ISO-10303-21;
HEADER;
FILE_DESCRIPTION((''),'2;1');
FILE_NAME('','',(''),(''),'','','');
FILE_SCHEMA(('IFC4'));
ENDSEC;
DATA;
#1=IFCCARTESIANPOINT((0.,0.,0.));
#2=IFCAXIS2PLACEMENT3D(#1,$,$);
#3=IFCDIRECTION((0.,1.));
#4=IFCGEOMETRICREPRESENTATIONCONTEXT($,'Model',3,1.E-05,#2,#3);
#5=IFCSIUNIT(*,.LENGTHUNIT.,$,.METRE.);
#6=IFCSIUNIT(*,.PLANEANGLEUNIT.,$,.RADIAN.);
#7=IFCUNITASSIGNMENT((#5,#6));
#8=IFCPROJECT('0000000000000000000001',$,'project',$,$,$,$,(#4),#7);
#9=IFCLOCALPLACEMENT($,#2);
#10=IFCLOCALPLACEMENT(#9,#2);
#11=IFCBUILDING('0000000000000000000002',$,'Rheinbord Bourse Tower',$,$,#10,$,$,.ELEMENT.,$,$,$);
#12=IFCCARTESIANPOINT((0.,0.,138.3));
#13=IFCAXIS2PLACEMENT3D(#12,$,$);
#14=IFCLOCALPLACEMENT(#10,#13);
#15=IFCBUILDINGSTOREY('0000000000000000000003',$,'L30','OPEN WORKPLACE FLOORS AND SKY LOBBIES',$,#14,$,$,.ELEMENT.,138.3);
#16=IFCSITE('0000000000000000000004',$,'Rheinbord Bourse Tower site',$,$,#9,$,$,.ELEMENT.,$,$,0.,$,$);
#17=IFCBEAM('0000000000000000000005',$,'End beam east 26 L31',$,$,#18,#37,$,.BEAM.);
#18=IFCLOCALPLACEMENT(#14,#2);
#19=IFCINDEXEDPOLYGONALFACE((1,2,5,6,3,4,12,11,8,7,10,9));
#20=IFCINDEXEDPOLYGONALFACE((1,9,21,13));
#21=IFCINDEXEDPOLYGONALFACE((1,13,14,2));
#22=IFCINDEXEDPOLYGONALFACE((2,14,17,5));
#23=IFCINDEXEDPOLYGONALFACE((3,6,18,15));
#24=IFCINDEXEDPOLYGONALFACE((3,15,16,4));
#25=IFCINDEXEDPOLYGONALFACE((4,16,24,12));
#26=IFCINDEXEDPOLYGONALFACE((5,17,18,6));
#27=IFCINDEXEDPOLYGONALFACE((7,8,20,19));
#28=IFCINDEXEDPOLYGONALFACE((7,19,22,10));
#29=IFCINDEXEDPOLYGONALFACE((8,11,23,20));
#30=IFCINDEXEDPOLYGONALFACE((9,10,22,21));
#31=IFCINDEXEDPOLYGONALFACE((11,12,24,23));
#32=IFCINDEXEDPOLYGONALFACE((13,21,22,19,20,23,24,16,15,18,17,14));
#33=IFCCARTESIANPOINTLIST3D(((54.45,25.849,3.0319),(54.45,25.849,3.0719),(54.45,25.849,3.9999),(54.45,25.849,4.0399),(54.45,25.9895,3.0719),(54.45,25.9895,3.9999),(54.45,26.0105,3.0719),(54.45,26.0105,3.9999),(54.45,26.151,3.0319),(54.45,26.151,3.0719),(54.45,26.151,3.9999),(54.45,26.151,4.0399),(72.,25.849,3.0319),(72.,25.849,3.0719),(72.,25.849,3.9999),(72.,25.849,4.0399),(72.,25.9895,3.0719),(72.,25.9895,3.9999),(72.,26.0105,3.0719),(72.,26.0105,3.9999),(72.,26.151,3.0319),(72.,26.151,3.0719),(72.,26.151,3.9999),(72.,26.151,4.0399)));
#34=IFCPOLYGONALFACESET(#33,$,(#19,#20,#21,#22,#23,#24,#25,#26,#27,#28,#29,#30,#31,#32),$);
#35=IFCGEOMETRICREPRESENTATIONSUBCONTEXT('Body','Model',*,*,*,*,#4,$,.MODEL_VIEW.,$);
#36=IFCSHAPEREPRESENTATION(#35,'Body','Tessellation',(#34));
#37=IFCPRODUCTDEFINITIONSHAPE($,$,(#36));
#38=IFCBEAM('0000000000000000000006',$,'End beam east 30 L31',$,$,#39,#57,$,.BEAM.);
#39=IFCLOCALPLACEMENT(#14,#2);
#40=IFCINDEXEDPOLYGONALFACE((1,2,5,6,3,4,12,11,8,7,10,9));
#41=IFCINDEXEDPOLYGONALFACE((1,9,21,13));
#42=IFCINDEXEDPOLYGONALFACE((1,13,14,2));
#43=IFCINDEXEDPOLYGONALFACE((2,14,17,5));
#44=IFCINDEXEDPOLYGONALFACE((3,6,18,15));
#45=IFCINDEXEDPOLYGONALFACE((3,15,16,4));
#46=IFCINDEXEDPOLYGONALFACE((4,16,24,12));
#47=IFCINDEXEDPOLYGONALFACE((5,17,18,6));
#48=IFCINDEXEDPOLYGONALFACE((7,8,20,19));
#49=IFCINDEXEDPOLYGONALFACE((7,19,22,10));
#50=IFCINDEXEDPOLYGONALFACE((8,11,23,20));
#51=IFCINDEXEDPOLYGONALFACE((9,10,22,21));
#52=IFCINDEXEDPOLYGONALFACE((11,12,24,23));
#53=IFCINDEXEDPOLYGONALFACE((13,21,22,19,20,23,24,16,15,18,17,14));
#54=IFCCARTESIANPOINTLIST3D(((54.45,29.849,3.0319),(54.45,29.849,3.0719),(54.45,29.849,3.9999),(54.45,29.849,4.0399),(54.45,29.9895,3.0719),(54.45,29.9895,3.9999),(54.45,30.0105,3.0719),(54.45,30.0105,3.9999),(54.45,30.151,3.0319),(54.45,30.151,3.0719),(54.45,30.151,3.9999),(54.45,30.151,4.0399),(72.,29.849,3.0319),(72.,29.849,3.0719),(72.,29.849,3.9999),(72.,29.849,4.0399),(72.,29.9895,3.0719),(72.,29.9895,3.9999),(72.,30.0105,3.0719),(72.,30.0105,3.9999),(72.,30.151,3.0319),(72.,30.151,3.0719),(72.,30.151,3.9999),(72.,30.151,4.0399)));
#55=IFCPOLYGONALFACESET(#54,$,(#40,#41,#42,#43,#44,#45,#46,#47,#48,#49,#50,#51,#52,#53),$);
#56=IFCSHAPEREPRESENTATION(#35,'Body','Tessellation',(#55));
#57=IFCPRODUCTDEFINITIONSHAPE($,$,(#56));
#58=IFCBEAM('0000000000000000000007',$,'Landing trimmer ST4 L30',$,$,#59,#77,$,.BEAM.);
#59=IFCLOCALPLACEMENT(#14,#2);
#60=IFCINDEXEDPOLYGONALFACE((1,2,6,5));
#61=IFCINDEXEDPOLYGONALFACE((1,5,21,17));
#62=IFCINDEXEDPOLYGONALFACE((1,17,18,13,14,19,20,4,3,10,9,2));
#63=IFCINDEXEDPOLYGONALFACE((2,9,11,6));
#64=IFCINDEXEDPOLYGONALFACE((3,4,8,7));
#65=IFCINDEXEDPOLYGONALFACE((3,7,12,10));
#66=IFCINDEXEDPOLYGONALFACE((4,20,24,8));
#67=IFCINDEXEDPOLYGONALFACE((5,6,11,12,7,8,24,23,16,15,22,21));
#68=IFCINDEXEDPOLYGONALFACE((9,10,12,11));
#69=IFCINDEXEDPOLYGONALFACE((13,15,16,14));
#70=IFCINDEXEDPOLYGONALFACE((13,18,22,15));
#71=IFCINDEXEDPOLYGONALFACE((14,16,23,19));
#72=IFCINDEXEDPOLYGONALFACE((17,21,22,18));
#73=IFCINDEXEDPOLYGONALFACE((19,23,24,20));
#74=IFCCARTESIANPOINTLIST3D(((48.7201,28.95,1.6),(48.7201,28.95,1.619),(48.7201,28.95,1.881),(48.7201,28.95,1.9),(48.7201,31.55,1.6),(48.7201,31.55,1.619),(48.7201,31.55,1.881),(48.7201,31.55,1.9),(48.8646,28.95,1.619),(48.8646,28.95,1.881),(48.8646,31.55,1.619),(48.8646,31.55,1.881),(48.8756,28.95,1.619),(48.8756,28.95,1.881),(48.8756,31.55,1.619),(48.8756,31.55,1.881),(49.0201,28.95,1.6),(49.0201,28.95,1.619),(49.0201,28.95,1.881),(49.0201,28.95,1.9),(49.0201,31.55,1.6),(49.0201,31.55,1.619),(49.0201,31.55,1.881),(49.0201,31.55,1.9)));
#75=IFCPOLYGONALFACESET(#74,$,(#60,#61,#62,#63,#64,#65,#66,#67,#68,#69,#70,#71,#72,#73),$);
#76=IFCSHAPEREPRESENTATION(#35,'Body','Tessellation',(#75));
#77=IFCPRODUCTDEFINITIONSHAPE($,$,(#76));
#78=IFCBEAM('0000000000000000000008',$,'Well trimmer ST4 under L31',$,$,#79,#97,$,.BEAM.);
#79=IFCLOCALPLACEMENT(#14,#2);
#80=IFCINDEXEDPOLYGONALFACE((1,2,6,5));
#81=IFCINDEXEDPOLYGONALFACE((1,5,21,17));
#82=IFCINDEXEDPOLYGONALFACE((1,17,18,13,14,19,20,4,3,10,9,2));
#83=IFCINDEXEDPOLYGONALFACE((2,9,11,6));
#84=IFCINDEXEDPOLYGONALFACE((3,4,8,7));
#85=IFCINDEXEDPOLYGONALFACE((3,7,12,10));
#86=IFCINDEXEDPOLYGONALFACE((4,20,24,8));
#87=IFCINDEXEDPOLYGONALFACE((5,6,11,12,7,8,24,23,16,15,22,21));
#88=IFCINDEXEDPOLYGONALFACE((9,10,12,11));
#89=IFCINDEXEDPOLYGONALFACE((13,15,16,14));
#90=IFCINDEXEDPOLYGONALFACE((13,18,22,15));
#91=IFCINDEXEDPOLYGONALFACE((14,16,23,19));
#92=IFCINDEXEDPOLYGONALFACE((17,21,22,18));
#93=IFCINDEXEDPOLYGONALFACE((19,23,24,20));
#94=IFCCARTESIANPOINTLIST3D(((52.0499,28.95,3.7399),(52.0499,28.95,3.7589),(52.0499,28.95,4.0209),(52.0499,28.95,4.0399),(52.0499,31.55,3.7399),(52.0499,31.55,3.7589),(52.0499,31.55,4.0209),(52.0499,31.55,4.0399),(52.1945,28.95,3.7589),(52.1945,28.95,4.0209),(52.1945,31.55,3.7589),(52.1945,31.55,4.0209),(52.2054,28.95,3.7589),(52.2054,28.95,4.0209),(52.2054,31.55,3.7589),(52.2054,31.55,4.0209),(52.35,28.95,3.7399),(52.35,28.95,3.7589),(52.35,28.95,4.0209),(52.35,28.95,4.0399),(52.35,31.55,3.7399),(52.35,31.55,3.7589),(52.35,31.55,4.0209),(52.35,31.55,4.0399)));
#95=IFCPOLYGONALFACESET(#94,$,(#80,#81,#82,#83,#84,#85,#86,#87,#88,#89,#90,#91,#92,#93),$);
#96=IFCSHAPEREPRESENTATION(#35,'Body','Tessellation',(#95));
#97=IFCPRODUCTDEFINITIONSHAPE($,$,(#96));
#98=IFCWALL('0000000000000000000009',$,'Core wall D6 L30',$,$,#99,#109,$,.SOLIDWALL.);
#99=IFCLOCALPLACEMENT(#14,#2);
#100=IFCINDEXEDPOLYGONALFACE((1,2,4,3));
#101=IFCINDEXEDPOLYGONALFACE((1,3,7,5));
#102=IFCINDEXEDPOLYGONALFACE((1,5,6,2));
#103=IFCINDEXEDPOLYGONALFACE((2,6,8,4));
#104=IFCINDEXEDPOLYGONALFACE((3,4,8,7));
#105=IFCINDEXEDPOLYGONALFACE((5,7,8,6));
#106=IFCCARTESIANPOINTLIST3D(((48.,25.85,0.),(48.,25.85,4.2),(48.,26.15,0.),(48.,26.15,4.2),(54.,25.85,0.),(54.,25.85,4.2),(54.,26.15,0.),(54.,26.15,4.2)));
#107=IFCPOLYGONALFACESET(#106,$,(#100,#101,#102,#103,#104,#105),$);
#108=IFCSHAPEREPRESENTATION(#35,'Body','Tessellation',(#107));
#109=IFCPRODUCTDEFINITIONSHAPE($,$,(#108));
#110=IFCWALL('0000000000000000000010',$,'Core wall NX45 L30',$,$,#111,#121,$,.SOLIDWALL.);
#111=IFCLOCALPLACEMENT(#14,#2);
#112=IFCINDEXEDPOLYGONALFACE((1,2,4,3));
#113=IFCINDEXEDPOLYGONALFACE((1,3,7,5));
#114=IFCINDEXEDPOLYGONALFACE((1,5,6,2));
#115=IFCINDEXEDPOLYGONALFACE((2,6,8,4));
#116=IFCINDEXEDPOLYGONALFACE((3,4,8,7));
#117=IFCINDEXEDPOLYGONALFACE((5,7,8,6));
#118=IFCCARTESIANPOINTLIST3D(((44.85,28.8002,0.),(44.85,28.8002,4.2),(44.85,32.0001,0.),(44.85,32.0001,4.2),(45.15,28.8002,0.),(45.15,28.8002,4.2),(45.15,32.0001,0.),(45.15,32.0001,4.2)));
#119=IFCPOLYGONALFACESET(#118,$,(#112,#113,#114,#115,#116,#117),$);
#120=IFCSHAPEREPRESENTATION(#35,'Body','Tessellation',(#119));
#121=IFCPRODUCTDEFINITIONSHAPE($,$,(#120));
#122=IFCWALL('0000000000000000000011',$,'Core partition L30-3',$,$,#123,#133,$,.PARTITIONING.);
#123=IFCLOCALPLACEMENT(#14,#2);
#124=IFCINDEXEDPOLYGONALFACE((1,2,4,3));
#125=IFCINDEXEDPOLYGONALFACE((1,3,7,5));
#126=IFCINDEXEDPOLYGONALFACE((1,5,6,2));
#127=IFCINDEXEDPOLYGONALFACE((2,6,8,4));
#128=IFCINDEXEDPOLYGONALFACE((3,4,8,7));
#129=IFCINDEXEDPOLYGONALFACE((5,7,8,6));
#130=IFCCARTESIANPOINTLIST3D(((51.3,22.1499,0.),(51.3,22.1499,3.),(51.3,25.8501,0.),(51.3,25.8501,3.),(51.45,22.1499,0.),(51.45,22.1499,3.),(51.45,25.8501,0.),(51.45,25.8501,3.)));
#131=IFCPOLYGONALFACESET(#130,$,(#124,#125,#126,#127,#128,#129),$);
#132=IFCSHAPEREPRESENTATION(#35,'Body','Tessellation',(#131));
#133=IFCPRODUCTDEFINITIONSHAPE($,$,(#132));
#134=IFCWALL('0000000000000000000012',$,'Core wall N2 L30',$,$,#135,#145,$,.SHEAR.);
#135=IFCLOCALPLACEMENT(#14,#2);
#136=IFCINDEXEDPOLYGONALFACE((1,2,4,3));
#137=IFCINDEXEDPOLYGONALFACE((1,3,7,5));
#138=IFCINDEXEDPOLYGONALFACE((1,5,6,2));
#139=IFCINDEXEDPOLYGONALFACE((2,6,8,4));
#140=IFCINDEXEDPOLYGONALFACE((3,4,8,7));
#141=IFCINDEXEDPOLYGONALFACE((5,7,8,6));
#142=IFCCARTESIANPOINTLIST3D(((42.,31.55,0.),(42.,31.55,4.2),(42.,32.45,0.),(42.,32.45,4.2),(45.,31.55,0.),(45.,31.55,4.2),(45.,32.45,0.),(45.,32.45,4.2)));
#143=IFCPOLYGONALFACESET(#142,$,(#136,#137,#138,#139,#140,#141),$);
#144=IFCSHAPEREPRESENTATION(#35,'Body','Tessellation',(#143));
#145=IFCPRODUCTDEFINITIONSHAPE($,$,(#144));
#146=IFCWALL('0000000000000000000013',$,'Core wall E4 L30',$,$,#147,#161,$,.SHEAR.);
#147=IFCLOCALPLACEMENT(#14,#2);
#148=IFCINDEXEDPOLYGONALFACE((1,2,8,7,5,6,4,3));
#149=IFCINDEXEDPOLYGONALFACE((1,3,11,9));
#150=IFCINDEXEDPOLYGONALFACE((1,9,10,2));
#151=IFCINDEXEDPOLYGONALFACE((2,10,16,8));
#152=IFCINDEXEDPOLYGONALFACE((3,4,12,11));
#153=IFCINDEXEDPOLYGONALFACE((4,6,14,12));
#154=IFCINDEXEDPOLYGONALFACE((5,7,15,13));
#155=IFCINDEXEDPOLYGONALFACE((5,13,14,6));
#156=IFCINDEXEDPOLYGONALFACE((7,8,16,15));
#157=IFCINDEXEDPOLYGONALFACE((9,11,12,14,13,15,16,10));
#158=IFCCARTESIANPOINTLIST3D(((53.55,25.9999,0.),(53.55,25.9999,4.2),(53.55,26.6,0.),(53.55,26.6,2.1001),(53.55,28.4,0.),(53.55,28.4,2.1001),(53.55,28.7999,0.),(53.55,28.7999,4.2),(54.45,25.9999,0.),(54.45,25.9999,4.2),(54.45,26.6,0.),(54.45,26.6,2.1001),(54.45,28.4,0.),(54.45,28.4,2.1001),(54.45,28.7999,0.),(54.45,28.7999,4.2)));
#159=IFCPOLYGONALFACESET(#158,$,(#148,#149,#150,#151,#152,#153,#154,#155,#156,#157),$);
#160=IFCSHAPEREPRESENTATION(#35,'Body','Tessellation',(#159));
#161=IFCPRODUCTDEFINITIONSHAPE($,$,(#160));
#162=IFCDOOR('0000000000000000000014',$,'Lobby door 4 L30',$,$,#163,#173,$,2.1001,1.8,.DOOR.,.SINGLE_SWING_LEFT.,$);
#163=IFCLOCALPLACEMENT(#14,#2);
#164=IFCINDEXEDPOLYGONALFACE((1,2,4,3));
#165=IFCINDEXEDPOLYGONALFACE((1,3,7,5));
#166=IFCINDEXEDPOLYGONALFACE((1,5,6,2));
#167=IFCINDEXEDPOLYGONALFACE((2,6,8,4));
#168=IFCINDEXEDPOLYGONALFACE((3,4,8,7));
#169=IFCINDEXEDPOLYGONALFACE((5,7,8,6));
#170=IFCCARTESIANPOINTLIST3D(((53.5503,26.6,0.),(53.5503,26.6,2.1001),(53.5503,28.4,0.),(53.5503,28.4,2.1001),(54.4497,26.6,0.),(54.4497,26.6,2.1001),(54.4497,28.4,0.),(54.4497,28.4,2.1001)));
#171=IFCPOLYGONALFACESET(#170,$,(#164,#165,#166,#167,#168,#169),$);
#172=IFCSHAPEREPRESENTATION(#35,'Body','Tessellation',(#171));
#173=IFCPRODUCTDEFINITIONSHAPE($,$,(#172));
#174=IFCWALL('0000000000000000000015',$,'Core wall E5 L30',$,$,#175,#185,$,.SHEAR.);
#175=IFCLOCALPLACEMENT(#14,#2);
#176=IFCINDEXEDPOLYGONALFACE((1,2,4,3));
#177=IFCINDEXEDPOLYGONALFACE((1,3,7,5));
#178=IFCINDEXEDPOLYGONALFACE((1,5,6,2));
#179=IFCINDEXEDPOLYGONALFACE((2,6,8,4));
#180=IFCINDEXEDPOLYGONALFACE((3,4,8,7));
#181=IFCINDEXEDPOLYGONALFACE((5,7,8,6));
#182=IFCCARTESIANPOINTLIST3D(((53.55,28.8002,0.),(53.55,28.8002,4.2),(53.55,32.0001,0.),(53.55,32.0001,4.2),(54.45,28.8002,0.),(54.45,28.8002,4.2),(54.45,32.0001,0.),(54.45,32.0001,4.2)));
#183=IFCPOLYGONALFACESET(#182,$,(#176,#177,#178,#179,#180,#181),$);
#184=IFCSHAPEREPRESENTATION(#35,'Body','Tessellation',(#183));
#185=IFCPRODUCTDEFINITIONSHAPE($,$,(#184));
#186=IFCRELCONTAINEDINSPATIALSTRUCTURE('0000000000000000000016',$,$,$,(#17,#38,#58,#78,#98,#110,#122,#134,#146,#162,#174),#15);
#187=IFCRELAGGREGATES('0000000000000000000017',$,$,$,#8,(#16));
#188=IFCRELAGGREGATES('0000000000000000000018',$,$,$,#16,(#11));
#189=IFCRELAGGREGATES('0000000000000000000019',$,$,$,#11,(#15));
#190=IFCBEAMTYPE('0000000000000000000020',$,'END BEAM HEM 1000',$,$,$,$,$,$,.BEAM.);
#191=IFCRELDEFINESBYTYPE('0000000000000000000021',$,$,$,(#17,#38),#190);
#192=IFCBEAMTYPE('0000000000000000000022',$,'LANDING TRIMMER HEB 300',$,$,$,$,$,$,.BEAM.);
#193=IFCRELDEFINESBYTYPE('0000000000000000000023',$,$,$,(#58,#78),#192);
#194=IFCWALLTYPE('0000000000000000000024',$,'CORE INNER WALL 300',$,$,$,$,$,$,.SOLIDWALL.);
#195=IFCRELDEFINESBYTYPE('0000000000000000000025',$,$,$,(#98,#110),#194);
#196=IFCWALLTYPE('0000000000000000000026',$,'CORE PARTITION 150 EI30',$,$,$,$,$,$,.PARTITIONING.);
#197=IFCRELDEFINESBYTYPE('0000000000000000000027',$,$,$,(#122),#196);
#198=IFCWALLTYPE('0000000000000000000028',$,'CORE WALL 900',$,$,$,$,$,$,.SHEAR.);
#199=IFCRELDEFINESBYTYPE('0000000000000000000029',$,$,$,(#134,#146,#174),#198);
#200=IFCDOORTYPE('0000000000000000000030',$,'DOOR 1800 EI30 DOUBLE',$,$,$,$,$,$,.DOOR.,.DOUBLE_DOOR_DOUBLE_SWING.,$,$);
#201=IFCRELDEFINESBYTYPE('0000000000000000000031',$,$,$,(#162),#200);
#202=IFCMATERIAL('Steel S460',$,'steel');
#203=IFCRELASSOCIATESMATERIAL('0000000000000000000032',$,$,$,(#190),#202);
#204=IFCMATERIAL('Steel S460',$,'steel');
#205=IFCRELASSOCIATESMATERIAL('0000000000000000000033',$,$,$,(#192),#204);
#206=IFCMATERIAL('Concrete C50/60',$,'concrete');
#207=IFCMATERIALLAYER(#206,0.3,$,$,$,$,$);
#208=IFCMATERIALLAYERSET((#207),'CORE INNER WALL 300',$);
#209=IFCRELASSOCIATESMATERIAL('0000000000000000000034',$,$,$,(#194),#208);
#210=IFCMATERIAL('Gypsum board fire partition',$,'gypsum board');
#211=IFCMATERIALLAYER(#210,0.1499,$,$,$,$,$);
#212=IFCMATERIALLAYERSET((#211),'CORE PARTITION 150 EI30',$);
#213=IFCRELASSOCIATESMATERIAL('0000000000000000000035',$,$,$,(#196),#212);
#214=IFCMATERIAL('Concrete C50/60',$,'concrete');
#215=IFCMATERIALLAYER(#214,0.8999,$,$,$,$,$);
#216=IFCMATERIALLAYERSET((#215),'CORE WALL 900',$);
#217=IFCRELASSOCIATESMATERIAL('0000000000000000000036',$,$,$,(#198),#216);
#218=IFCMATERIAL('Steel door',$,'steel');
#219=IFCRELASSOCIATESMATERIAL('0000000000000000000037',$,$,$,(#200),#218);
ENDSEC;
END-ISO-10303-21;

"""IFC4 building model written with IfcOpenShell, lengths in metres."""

from ifc_helpers import new_model, si_unit, direction, frame, frame_2d, origin, origin_2d, place, context, subcontext, project, spatial, rectangle, i_section, extrude, material, layer, layer_set, material_profile, profile_set, type_object, element, fill, save


model = new_model("IFC4")

# Units and contexts
model_context = context("Model", 3, precision=1e-05, world=origin(), true_north=direction((0.0, 1.0)))
body_context = subcontext(model_context, "Body", "Model", "MODEL_VIEW")
ifc_project = project(units=[si_unit("LENGTHUNIT", "METRE"), si_unit("PLANEANGLEUNIT", "RADIAN")], contexts=[model_context])

# Site, building, storey
site_placement = place(None, origin())
site = spatial("IfcSite", under=ifc_project, at=site_placement, Name="Rheinbord Bourse Tower site", CompositionType="ELEMENT", RefElevation=0.0)
building_placement = place(site_placement, origin())
building = spatial("IfcBuilding", under=site, at=building_placement, Name="Rheinbord Bourse Tower", CompositionType="ELEMENT")
storey_placement = place(building_placement, frame((0.0, 0.0, 138.3)))
storey = spatial("IfcBuildingStorey", under=building, at=storey_placement, Name="L30", Description="OPEN WORKPLACE FLOORS AND SKY LOBBIES", CompositionType="ELEMENT", Elevation=138.3)

# Beams
ifc_material_1 = material(Name="Steel S460", Category="steel")
ifc_material_profile_1 = material_profile(ifc_material_1, i_section(OverallWidth=0.302, OverallDepth=1.0081, WebThickness=0.021, FlangeThickness=0.04, at=origin_2d()), Name="HEM 1000")
ifc_profile_set_1 = profile_set([ifc_material_profile_1], Name="Steel S460")
beam_type_1 = type_object("IfcBeamType", Name="END BEAM HEM 1000", PredefinedType="BEAM", material=ifc_profile_set_1)
for number, where, z_axis, x_axis, name in (
    (1, (54.45, 26.0, 3.5359), (1.0, 0.0, 0.0), (0.0, 1.0, 0.0), "End beam east 26 L31"),
    (2, (54.45, 30.0, 3.5359), (1.0, 0.0, 0.0), (0.0, 1.0, 0.0), "End beam east 30 L31"),
):
    element("IfcBeam", number, at=place(storey_placement, frame(where, z_axis=z_axis, x_axis=x_axis)), inside=storey, type_object=beam_type_1, Name=name, PredefinedType="BEAM", context=body_context, shape_type="SweptSolid", body=[
        extrude(i_section(OverallWidth=0.302, OverallDepth=1.0081, WebThickness=0.021, FlangeThickness=0.04, at=origin_2d()), origin(), (0.0, 0.0, 1.0), 17.55),
    ])
ifc_material_2 = material(Name="Steel S460", Category="steel")
ifc_material_profile_2 = material_profile(ifc_material_2, i_section(OverallWidth=0.3, OverallDepth=0.3, WebThickness=0.011, FlangeThickness=0.019, at=origin_2d()), Name="HEB 300")
ifc_profile_set_2 = profile_set([ifc_material_profile_2], Name="Steel S460")
beam_type_2 = type_object("IfcBeamType", Name="LANDING TRIMMER HEB 300", PredefinedType="BEAM", material=ifc_profile_set_2)
for number, where, z_axis, x_axis, name in (
    (3, (48.8701, 28.95, 1.75), (0.0, 1.0, 0.0), (-1.0, 0.0, 0.0), "Landing trimmer ST4 L30"),
    (4, (52.2, 28.95, 3.8899), (0.0, 1.0, 0.0), (-1.0, 0.0, 0.0), "Well trimmer ST4 under L31"),
):
    element("IfcBeam", number, at=place(storey_placement, frame(where, z_axis=z_axis, x_axis=x_axis)), inside=storey, type_object=beam_type_2, Name=name, PredefinedType="BEAM", context=body_context, shape_type="SweptSolid", body=[
        extrude(i_section(OverallWidth=0.3, OverallDepth=0.3, WebThickness=0.011, FlangeThickness=0.019, at=origin_2d()), origin(), (0.0, 0.0, 1.0), 2.6001),
    ])

# Walls
ifc_material_3 = material(Name="Concrete C50/60", Category="concrete")
ifc_layer_1 = layer(ifc_material_3, 0.3)
ifc_layer_set_1 = layer_set([ifc_layer_1], Name="CORE INNER WALL 300")
wall_type_1 = type_object("IfcWallType", Name="CORE INNER WALL 300", PredefinedType="SOLIDWALL", material=ifc_layer_set_1)
wall_1_placement = place(storey_placement, frame((48.0, 26.0, 0.0), z_axis=(0.0, 0.0, 1.0), x_axis=(1.0, 0.0, 0.0)))
element("IfcWall", 5, at=wall_1_placement, inside=storey, type_object=wall_type_1, Name="Core wall D6 L30", PredefinedType="SOLIDWALL", context=body_context, shape_type="SweptSolid", body=[
    extrude(rectangle(XDim=6.0, YDim=0.3, at=frame_2d((3.0, 0.0))), origin(), (0.0, 0.0, 1.0), 4.2),
])
wall_2_placement = place(storey_placement, frame((45.0, 28.8, 0.0), z_axis=(0.0, 0.0, 1.0), x_axis=(0.0, 1.0, 0.0)))
element("IfcWall", 6, at=wall_2_placement, inside=storey, type_object=wall_type_1, Name="Core wall NX45 L30", PredefinedType="SOLIDWALL", context=body_context, shape_type="SweptSolid", body=[
    extrude(rectangle(XDim=3.2, YDim=0.3, at=frame_2d((1.6001, 0.0))), origin(), (0.0, 0.0, 1.0), 4.2),
])
ifc_material_4 = material(Name="Gypsum board fire partition", Category="gypsum board")
ifc_layer_2 = layer(ifc_material_4, 0.1499)
ifc_layer_set_2 = layer_set([ifc_layer_2], Name="CORE PARTITION 150 EI30")
wall_type_2 = type_object("IfcWallType", Name="CORE PARTITION 150 EI30", PredefinedType="PARTITIONING", material=ifc_layer_set_2)
wall_3_placement = place(storey_placement, frame((51.375, 22.1499, 0.0), z_axis=(0.0, 0.0, 1.0), x_axis=(0.0, 1.0, 0.0)))
element("IfcWall", 7, at=wall_3_placement, inside=storey, type_object=wall_type_2, Name="Core partition L30-3", PredefinedType="PARTITIONING", context=body_context, shape_type="SweptSolid", body=[
    extrude(rectangle(XDim=3.7002, YDim=0.1499, at=frame_2d((1.8501, 0.0))), origin(), (0.0, 0.0, 1.0), 3.0),
])
ifc_material_5 = material(Name="Concrete C50/60", Category="concrete")
ifc_layer_3 = layer(ifc_material_5, 0.8999)
ifc_layer_set_3 = layer_set([ifc_layer_3], Name="CORE WALL 900")
wall_type_3 = type_object("IfcWallType", Name="CORE WALL 900", PredefinedType="SHEAR", material=ifc_layer_set_3)
wall_4_placement = place(storey_placement, frame((45.0, 32.0, 0.0), z_axis=(0.0, 0.0, 1.0), x_axis=(-1.0, 0.0, 0.0)))
element("IfcWall", 8, at=wall_4_placement, inside=storey, type_object=wall_type_3, Name="Core wall N2 L30", PredefinedType="SHEAR", context=body_context, shape_type="SweptSolid", body=[
    extrude(rectangle(XDim=3.0, YDim=0.8999, at=frame_2d((1.5, 0.0))), origin(), (0.0, 0.0, 1.0), 4.2),
])

# Wall, opening, door
wall_5_placement = place(storey_placement, frame((54.0, 26.0, 0.0), z_axis=(0.0, 0.0, 1.0), x_axis=(0.0, 1.0, 0.0)))
wall_5 = element("IfcWall", 9, at=wall_5_placement, inside=storey, type_object=wall_type_3, Name="Core wall E4 L30", PredefinedType="SHEAR", context=body_context, shape_type="SweptSolid", body=[
    extrude(rectangle(XDim=2.8, YDim=0.8999, at=frame_2d((1.3999, 0.0))), origin(), (0.0, 0.0, 1.0), 4.2),
])
opening_placement = place(wall_5_placement, frame((0.6001, 0.0, 0.0)))
opening = element("IfcOpeningElement", 10, at=opening_placement, cuts=wall_5, PredefinedType="OPENING", context=body_context, shape_type="SweptSolid", body=[
    extrude(rectangle(XDim=1.8, YDim=2.1001, at=frame_2d((0.8999, 1.05))), frame((0.0, 0.46, 0.0), z_axis=(0.0, -1.0, 0.0), x_axis=(1.0, 0.0, 0.0)), (0.0, 0.0, 1.0), 0.9199),
])
ifc_material_6 = material(Name="Steel door", Category="steel")
door_type = type_object("IfcDoorType", Name="DOOR 1800 EI30 DOUBLE", OperationType="DOUBLE_DOOR_DOUBLE_SWING", PredefinedType="DOOR", material=ifc_material_6)
door_placement = place(opening_placement, origin())
door = element("IfcDoor", 11, at=door_placement, inside=storey, type_object=door_type, Name="Lobby door 4 L30", OperationType="SINGLE_SWING_LEFT", OverallHeight=2.1001, OverallWidth=1.8, PredefinedType="DOOR", context=body_context, shape_type="SweptSolid", body=[
    extrude(rectangle(XDim=1.8, YDim=2.1001, at=frame_2d((0.8999, 1.05))), frame((0.0, 0.4497, 0.0), z_axis=(0.0, -1.0, 0.0), x_axis=(1.0, 0.0, 0.0)), (0.0, 0.0, 1.0), 0.8994),
])
fill(opening, door)

# Wall
wall_6_placement = place(storey_placement, frame((54.0, 28.8, 0.0), z_axis=(0.0, 0.0, 1.0), x_axis=(0.0, 1.0, 0.0)))
element("IfcWall", 12, at=wall_6_placement, inside=storey, type_object=wall_type_3, Name="Core wall E5 L30", PredefinedType="SHEAR", context=body_context, shape_type="SweptSolid", body=[
    extrude(rectangle(XDim=3.2, YDim=0.8999, at=frame_2d((1.6001, 0.0))), origin(), (0.0, 0.0, 1.0), 4.2),
])

save(model, "model.ifc")
